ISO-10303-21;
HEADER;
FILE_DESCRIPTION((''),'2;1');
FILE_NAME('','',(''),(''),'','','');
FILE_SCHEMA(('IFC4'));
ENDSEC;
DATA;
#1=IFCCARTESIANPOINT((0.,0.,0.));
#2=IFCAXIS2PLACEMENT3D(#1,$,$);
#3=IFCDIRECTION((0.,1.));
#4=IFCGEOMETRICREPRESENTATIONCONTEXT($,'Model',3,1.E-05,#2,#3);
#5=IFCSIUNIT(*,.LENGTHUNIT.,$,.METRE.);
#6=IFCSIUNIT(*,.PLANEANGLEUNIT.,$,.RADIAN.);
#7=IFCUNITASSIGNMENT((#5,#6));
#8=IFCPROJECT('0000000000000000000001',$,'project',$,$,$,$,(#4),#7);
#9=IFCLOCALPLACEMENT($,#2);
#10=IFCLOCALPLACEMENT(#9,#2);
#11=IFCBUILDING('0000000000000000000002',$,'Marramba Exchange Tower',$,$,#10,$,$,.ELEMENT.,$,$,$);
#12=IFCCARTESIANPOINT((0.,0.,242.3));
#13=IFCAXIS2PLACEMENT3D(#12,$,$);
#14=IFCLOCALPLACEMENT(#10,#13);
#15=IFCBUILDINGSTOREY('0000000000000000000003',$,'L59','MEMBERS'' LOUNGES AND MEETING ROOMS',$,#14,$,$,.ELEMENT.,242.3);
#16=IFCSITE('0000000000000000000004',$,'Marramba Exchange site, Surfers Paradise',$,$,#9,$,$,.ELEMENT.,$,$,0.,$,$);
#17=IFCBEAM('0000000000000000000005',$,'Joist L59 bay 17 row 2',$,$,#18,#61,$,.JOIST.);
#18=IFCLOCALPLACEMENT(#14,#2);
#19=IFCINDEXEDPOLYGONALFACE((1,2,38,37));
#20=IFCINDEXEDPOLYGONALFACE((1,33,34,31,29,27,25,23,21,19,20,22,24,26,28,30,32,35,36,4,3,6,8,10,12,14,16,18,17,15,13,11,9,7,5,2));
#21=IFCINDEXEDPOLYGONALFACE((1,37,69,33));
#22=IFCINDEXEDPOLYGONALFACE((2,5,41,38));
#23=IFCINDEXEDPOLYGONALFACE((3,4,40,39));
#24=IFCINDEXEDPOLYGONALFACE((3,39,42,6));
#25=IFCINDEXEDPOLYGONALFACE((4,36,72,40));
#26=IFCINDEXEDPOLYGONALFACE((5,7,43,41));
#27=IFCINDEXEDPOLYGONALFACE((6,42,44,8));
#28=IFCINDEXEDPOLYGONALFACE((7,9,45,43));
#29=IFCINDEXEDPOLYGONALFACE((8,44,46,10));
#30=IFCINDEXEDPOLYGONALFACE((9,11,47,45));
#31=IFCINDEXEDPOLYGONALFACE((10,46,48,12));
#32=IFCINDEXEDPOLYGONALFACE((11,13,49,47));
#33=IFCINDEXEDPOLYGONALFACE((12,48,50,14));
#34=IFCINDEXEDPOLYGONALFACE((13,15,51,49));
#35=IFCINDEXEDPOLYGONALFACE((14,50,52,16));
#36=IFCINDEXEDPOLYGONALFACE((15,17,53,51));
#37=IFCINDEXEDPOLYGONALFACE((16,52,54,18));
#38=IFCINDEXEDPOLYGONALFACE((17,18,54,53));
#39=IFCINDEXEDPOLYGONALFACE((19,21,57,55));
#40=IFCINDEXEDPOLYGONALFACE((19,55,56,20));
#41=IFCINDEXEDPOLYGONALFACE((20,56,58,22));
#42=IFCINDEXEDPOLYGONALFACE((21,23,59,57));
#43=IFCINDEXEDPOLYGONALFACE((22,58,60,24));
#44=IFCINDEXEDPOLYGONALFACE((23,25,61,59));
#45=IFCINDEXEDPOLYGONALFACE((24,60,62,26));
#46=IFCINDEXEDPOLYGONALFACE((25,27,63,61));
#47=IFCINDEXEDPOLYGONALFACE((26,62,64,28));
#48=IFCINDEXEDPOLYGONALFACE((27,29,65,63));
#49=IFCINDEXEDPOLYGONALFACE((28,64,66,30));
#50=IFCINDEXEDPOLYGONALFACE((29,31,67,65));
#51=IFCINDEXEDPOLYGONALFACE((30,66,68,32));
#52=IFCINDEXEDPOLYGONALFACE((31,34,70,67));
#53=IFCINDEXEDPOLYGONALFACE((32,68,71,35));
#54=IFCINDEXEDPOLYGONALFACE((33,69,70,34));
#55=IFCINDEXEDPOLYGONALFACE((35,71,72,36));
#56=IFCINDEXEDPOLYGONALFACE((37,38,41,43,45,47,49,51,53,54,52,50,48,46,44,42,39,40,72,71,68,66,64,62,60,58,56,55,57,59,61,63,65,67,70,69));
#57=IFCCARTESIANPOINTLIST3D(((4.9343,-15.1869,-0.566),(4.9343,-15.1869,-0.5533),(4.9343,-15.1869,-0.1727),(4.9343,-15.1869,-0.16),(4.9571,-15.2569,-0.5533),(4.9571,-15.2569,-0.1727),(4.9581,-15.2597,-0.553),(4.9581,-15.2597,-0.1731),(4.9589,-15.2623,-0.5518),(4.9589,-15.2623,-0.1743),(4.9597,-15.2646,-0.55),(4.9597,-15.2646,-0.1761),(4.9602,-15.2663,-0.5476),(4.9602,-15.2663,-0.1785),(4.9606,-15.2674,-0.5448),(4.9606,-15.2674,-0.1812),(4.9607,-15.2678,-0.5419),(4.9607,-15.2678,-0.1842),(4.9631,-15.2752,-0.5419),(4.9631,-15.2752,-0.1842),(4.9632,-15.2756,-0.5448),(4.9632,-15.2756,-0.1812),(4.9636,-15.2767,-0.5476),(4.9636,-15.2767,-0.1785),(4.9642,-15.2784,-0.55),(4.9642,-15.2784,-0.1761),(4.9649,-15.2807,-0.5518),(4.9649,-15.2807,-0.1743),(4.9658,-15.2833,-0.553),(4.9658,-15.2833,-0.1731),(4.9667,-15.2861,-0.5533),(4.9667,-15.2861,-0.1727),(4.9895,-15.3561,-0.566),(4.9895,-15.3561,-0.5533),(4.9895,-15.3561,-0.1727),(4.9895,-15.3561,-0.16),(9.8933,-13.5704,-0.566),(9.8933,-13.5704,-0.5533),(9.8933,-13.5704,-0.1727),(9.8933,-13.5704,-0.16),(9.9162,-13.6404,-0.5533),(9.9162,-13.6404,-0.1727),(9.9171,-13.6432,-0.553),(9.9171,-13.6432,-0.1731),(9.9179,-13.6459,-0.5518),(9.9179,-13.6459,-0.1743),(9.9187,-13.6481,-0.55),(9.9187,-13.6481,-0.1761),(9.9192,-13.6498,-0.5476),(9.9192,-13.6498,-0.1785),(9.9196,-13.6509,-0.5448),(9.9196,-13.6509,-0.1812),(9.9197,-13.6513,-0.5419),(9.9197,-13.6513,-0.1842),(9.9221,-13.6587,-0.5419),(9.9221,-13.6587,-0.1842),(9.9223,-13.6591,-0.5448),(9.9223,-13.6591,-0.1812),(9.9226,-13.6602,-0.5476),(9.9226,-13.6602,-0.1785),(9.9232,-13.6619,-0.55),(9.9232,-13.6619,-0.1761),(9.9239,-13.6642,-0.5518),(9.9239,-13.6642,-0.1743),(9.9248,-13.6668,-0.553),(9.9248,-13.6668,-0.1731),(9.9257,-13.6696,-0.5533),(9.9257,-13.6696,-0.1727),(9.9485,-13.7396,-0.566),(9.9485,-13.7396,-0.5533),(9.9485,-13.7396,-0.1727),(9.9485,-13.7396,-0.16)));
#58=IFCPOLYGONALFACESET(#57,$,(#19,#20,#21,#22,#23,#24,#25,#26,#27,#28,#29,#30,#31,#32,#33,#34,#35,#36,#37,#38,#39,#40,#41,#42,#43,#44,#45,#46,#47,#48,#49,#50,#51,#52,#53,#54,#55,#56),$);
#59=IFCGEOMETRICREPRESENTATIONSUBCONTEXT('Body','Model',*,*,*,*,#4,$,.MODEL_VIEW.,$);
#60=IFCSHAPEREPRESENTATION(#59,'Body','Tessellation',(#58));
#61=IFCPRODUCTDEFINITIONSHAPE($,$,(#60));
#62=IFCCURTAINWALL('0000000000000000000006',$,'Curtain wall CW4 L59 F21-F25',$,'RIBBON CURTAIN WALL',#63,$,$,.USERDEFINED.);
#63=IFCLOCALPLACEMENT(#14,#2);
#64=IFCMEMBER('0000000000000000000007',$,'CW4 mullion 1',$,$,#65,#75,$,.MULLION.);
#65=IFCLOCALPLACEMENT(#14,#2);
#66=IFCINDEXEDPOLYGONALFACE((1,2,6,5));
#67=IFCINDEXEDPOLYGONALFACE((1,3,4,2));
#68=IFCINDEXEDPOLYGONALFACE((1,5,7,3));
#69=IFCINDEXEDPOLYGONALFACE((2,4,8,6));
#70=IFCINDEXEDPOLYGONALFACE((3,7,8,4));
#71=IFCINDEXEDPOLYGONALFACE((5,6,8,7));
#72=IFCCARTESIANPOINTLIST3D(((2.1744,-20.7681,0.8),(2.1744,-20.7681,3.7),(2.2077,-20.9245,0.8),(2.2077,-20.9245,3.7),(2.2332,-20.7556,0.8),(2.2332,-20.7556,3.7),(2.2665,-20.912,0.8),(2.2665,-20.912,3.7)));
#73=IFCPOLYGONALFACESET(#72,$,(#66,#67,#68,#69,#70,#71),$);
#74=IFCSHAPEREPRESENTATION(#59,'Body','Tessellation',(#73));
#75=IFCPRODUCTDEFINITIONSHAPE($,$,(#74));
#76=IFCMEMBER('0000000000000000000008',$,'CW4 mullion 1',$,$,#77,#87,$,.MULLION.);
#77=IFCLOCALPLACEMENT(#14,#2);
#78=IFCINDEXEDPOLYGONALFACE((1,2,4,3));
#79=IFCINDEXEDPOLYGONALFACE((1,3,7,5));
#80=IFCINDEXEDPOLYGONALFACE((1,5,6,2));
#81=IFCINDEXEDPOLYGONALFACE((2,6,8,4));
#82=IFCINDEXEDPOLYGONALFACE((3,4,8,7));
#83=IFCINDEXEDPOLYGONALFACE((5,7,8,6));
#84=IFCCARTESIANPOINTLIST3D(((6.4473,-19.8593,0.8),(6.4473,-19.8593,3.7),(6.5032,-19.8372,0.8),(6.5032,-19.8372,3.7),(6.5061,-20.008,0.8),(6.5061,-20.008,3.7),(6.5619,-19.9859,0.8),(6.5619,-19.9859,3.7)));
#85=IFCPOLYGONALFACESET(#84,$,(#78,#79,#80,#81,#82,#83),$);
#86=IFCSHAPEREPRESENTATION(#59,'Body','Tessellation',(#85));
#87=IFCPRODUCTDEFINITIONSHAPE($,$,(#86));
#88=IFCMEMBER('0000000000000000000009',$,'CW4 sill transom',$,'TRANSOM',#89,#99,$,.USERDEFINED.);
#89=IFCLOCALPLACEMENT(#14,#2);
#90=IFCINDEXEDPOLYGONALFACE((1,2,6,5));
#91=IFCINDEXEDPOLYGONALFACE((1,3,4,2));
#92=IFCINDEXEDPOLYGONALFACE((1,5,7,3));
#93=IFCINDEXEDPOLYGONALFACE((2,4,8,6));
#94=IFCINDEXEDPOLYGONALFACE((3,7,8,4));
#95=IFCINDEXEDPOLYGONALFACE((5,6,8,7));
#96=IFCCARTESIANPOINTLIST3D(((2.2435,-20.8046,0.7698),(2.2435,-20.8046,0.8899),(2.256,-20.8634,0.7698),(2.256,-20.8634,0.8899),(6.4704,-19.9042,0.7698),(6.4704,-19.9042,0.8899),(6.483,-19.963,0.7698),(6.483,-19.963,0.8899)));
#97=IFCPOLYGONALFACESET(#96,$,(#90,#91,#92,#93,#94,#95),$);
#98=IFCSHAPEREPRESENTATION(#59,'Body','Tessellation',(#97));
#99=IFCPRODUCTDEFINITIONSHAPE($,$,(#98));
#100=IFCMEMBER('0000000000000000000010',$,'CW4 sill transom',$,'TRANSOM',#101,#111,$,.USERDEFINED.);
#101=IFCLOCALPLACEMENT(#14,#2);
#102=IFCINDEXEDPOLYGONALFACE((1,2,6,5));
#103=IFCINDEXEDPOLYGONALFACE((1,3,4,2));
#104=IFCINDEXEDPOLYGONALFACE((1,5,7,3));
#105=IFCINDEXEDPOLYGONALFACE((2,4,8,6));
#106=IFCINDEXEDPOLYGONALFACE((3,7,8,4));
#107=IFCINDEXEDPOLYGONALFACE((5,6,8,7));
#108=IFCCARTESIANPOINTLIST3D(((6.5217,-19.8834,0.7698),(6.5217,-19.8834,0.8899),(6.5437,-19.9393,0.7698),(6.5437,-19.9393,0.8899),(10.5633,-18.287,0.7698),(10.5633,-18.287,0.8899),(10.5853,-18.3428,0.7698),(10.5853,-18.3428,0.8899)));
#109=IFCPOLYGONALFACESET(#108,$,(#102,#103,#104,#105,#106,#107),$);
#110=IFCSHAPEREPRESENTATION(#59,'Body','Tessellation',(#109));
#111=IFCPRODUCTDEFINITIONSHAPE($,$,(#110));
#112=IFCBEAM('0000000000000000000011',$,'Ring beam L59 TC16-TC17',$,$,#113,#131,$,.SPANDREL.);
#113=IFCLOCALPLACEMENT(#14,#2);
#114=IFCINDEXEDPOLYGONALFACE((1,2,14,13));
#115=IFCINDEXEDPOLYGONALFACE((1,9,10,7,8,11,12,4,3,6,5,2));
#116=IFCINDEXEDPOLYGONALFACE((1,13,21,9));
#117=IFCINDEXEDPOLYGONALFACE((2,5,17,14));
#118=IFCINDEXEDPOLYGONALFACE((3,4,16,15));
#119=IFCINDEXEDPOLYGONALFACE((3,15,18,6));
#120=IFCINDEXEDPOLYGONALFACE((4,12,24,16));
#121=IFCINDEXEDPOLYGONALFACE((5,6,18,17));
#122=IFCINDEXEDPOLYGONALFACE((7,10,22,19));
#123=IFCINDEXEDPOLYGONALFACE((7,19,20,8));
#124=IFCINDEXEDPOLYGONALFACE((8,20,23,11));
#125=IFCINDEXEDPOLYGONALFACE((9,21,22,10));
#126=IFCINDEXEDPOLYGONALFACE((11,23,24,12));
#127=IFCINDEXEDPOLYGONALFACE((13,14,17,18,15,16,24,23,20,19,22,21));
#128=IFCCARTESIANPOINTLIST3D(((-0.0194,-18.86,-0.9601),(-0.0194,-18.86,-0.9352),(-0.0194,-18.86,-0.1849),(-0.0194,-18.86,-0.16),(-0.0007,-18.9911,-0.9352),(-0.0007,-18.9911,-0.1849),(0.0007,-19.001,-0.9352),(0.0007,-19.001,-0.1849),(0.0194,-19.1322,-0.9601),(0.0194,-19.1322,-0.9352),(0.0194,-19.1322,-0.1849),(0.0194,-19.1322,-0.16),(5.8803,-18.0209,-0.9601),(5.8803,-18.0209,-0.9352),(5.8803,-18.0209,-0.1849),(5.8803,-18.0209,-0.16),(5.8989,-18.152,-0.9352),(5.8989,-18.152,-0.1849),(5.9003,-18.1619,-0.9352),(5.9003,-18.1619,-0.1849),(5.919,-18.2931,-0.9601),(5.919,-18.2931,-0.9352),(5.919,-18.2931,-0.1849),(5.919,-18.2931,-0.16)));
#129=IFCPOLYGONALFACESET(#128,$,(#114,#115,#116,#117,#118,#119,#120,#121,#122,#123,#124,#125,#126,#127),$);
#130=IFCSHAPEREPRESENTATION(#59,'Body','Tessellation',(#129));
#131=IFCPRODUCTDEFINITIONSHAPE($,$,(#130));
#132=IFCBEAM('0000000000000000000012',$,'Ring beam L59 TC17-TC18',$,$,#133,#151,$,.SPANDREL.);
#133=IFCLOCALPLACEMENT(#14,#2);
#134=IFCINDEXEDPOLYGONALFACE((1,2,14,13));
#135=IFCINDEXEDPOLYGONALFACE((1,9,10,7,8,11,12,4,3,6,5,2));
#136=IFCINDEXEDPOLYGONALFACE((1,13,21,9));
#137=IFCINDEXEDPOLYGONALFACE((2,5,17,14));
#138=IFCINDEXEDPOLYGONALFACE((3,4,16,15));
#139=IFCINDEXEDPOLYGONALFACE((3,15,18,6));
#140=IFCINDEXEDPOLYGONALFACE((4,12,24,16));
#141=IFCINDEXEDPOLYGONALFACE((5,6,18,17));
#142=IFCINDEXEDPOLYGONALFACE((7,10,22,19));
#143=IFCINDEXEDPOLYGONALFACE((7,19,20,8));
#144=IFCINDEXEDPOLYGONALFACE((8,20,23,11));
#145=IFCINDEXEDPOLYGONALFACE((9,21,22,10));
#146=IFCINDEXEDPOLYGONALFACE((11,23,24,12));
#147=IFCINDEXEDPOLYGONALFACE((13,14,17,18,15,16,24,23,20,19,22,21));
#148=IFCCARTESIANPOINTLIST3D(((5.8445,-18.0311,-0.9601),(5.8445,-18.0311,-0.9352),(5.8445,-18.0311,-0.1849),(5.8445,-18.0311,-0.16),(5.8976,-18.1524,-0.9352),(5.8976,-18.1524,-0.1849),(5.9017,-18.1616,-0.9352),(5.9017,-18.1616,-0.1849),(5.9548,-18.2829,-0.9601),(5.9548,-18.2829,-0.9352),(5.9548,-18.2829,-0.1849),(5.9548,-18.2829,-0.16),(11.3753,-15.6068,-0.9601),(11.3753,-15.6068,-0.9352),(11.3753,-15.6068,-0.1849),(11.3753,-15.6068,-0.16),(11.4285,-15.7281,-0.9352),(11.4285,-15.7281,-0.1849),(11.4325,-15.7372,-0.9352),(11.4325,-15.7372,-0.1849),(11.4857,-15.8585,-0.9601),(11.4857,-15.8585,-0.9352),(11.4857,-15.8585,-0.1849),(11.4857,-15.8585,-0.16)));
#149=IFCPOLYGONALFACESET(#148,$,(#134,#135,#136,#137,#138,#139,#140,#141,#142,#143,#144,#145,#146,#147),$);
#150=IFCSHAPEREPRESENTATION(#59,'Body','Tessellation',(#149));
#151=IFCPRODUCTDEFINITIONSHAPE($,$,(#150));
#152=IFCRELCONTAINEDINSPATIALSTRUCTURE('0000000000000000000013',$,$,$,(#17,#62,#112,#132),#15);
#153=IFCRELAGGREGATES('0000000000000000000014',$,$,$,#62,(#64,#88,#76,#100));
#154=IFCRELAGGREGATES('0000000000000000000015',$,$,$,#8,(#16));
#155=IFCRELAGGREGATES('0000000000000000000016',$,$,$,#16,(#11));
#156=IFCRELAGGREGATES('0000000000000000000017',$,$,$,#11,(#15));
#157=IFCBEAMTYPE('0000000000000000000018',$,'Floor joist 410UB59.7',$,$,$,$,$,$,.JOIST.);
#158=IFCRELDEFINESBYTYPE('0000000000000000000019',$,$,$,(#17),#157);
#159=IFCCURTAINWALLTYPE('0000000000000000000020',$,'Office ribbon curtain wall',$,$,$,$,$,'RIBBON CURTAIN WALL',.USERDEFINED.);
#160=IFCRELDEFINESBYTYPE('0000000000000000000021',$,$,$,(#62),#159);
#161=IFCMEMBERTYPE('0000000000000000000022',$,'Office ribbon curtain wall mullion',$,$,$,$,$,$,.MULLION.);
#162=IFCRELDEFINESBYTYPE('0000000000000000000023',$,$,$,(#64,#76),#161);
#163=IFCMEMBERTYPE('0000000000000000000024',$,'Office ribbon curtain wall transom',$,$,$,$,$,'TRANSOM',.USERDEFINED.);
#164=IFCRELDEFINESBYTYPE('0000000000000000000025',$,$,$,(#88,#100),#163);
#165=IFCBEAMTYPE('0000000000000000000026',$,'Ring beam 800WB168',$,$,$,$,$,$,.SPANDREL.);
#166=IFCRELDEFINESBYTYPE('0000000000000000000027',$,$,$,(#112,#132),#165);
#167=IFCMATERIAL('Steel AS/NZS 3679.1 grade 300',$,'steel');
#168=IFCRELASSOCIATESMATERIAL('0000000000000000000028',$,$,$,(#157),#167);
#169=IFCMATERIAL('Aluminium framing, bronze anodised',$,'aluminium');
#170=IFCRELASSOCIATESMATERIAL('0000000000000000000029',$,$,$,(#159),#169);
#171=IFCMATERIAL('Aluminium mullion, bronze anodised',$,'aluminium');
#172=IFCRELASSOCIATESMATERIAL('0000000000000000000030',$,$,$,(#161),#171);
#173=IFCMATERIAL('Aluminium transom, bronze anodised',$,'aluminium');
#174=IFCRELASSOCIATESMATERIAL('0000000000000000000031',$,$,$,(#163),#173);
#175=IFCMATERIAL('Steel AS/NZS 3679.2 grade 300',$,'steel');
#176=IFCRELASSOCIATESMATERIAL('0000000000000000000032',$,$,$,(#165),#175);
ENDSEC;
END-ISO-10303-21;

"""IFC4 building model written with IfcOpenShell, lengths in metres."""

from ifc_helpers import new_model, si_unit, direction, frame, origin, origin_2d, place, context, subcontext, project, spatial, rectangle, i_section, extrude, material, material_profile, profile_set, type_object, element, aggregate, save


model = new_model("IFC4")

# Units and contexts
model_context = context("Model", 3, precision=1e-05, world=origin(), true_north=direction((0.0, 1.0)))
body_context = subcontext(model_context, "Body", "Model", "MODEL_VIEW")
ifc_project = project(units=[si_unit("LENGTHUNIT", "METRE"), si_unit("PLANEANGLEUNIT", "RADIAN")], contexts=[model_context])

# Site, building, storey
site_placement = place(None, origin())
site = spatial("IfcSite", under=ifc_project, at=site_placement, Name="Marramba Exchange site, Surfers Paradise", CompositionType="ELEMENT", RefElevation=0.0)
building_placement = place(site_placement, origin())
building = spatial("IfcBuilding", under=site, at=building_placement, Name="Marramba Exchange Tower", CompositionType="ELEMENT")
storey_placement = place(building_placement, frame((0.0, 0.0, 242.3)))
storey = spatial("IfcBuildingStorey", under=building, at=storey_placement, Name="L59", Description="MEMBERS' LOUNGES AND MEETING ROOMS", CompositionType="ELEMENT", Elevation=242.3)

# Beam
ifc_material_1 = material(Name="Steel AS/NZS 3679.2 grade 300", Category="steel")
ifc_material_2 = material(Name="Steel AS/NZS 3679.1 grade 300", Category="steel")
ifc_material_profile_1 = material_profile(ifc_material_2, i_section(OverallWidth=0.178, OverallDepth=0.406, WebThickness=0.0078, FlangeThickness=0.0127, FilletRadius=0.0115, at=origin_2d()), Name="410UB59.7")
ifc_profile_set_1 = profile_set([ifc_material_profile_1], Name="Steel AS/NZS 3679.1 grade 300")
beam_type_1 = type_object("IfcBeamType", Name="Floor joist 410UB59.7", PredefinedType="JOIST", material=ifc_profile_set_1)
beam_1_placement = place(storey_placement, frame((4.9619, -15.2715, -0.363), z_axis=(0.950764, 0.309916, 0.0), x_axis=(-0.309916, 0.950764, 0.0)))
element("IfcBeam", 1, at=beam_1_placement, inside=storey, type_object=beam_type_1, Name="Joist L59 bay 17 row 2", PredefinedType="JOIST", context=body_context, shape_type="SweptSolid", body=[
    extrude(i_section(OverallWidth=0.178, OverallDepth=0.406, WebThickness=0.0078, FlangeThickness=0.0127, FilletRadius=0.0115, at=origin_2d()), origin(), (0.0, 0.0, 1.0), 5.2158),
])

# Curtain wall, members
ifc_material_3 = material(Name="Aluminium framing, bronze anodised", Category="aluminium")
curtain_wall_type = type_object("IfcCurtainWallType", Name="Office ribbon curtain wall", ElementType="RIBBON CURTAIN WALL", PredefinedType="USERDEFINED", material=ifc_material_3)
curtain_wall_placement = place(storey_placement, origin())
curtain_wall = element("IfcCurtainWall", 2, at=curtain_wall_placement, inside=storey, type_object=curtain_wall_type, Name="Curtain wall CW4 L59 F21-F25", ObjectType="RIBBON CURTAIN WALL", PredefinedType="USERDEFINED")
ifc_material_4 = material(Name="Aluminium mullion, bronze anodised", Category="aluminium")
ifc_material_profile_2 = material_profile(ifc_material_4, rectangle(XDim=0.1599, YDim=0.0601, at=origin_2d()), Name="CW4 mullion 60x160")
ifc_profile_set_2 = profile_set([ifc_material_profile_2], Name="Aluminium mullion, bronze anodised")
member_type_1 = type_object("IfcMemberType", Name="Office ribbon curtain wall mullion", PredefinedType="MULLION", material=ifc_profile_set_2)
member_1_placement = place(storey_placement, frame((2.2205, -20.8401, 0.8), z_axis=(0.0, 0.0, 1.0), x_axis=(-0.208332, 0.978058, 0.0)))
member_1 = element("IfcMember", 3, at=member_1_placement, type_object=member_type_1, Name="CW4 mullion 1", PredefinedType="MULLION", context=body_context, shape_type="SweptSolid", body=[
    extrude(rectangle(XDim=0.1599, YDim=0.0601, at=origin_2d()), origin(), (0.0, 0.0, 1.0), 2.8999),
])
member_2_placement = place(storey_placement, frame((6.5046, -19.9226, 0.8), z_axis=(0.0, 0.0, 1.0), x_axis=(-0.367375, 0.930073, 0.0)))
member_2 = element("IfcMember", 4, at=member_2_placement, type_object=member_type_1, Name="CW4 mullion 1", PredefinedType="MULLION", context=body_context, shape_type="SweptSolid", body=[
    extrude(rectangle(XDim=0.1599, YDim=0.0601, at=origin_2d()), origin(), (0.0, 0.0, 1.0), 2.8999),
])
ifc_material_5 = material(Name="Aluminium transom, bronze anodised", Category="aluminium")
ifc_material_profile_3 = material_profile(ifc_material_5, rectangle(XDim=0.0601, YDim=0.1201, at=origin_2d()), Name="CW4 transom 60x120")
ifc_profile_set_3 = profile_set([ifc_material_profile_3], Name="Aluminium transom, bronze anodised")
member_type_2 = type_object("IfcMemberType", Name="Office ribbon curtain wall transom", ElementType="TRANSOM", PredefinedType="USERDEFINED", material=ifc_profile_set_3)
member_3_placement = place(storey_placement, frame((2.2498, -20.834, 0.8298), z_axis=(0.978058, 0.208333, 0.0), x_axis=(-0.208333, 0.978058, 0.0)))
member_3 = element("IfcMember", 5, at=member_3_placement, type_object=member_type_2, Name="CW4 sill transom", ObjectType="TRANSOM", PredefinedType="USERDEFINED", context=body_context, shape_type="SweptSolid", body=[
    extrude(rectangle(XDim=0.0601, YDim=0.1201, at=origin_2d()), origin(), (0.0, 0.0, 1.0), 4.3218),
])
member_4_placement = place(storey_placement, frame((6.5327, -19.9114, 0.8298), z_axis=(0.930068, 0.367387, 0.0), x_axis=(-0.367387, 0.930068, 0.0)))
member_4 = element("IfcMember", 6, at=member_4_placement, type_object=member_type_2, Name="CW4 sill transom", ObjectType="TRANSOM", PredefinedType="USERDEFINED", context=body_context, shape_type="SweptSolid", body=[
    extrude(rectangle(XDim=0.0601, YDim=0.1201, at=origin_2d()), origin(), (0.0, 0.0, 1.0), 4.3455),
])

# Beams
ifc_material_profile_4 = material_profile(ifc_material_1, i_section(OverallWidth=0.2749, OverallDepth=0.8, WebThickness=0.01, FlangeThickness=0.0249, at=origin_2d()), Name="800WB168")
ifc_profile_set_4 = profile_set([ifc_material_profile_4], Name="Steel AS/NZS 3679.2 grade 300")
beam_type_2 = type_object("IfcBeamType", Name="Ring beam 800WB168", PredefinedType="SPANDREL", material=ifc_profile_set_4)
beam_2_placement = place(storey_placement, frame((0.0, -18.9961, -0.5601), z_axis=(0.990036, 0.140813, 0.0), x_axis=(-0.140813, 0.990036, 0.0)))
element("IfcBeam", 7, at=beam_2_placement, inside=storey, type_object=beam_type_2, Name="Ring beam L59 TC16-TC17", PredefinedType="SPANDREL", context=body_context, shape_type="SweptSolid", body=[
    extrude(i_section(OverallWidth=0.2749, OverallDepth=0.8, WebThickness=0.01, FlangeThickness=0.0249, at=origin_2d()), origin(), (0.0, 0.0, 1.0), 5.959),
])
beam_3_placement = place(storey_placement, frame((5.8997, -18.157, -0.5601), z_axis=(0.915877, 0.401459, 0.0), x_axis=(-0.401459, 0.915877, 0.0)))
element("IfcBeam", 8, at=beam_3_placement, inside=storey, type_object=beam_type_2, Name="Ring beam L59 TC17-TC18", PredefinedType="SPANDREL", context=body_context, shape_type="SweptSolid", body=[
    extrude(i_section(OverallWidth=0.2749, OverallDepth=0.8, WebThickness=0.01, FlangeThickness=0.0249, at=origin_2d()), origin(), (0.0, 0.0, 1.0), 6.0388),
])

aggregate(curtain_wall, [member_1, member_3, member_2, member_4])

save(model, "model.ifc")
